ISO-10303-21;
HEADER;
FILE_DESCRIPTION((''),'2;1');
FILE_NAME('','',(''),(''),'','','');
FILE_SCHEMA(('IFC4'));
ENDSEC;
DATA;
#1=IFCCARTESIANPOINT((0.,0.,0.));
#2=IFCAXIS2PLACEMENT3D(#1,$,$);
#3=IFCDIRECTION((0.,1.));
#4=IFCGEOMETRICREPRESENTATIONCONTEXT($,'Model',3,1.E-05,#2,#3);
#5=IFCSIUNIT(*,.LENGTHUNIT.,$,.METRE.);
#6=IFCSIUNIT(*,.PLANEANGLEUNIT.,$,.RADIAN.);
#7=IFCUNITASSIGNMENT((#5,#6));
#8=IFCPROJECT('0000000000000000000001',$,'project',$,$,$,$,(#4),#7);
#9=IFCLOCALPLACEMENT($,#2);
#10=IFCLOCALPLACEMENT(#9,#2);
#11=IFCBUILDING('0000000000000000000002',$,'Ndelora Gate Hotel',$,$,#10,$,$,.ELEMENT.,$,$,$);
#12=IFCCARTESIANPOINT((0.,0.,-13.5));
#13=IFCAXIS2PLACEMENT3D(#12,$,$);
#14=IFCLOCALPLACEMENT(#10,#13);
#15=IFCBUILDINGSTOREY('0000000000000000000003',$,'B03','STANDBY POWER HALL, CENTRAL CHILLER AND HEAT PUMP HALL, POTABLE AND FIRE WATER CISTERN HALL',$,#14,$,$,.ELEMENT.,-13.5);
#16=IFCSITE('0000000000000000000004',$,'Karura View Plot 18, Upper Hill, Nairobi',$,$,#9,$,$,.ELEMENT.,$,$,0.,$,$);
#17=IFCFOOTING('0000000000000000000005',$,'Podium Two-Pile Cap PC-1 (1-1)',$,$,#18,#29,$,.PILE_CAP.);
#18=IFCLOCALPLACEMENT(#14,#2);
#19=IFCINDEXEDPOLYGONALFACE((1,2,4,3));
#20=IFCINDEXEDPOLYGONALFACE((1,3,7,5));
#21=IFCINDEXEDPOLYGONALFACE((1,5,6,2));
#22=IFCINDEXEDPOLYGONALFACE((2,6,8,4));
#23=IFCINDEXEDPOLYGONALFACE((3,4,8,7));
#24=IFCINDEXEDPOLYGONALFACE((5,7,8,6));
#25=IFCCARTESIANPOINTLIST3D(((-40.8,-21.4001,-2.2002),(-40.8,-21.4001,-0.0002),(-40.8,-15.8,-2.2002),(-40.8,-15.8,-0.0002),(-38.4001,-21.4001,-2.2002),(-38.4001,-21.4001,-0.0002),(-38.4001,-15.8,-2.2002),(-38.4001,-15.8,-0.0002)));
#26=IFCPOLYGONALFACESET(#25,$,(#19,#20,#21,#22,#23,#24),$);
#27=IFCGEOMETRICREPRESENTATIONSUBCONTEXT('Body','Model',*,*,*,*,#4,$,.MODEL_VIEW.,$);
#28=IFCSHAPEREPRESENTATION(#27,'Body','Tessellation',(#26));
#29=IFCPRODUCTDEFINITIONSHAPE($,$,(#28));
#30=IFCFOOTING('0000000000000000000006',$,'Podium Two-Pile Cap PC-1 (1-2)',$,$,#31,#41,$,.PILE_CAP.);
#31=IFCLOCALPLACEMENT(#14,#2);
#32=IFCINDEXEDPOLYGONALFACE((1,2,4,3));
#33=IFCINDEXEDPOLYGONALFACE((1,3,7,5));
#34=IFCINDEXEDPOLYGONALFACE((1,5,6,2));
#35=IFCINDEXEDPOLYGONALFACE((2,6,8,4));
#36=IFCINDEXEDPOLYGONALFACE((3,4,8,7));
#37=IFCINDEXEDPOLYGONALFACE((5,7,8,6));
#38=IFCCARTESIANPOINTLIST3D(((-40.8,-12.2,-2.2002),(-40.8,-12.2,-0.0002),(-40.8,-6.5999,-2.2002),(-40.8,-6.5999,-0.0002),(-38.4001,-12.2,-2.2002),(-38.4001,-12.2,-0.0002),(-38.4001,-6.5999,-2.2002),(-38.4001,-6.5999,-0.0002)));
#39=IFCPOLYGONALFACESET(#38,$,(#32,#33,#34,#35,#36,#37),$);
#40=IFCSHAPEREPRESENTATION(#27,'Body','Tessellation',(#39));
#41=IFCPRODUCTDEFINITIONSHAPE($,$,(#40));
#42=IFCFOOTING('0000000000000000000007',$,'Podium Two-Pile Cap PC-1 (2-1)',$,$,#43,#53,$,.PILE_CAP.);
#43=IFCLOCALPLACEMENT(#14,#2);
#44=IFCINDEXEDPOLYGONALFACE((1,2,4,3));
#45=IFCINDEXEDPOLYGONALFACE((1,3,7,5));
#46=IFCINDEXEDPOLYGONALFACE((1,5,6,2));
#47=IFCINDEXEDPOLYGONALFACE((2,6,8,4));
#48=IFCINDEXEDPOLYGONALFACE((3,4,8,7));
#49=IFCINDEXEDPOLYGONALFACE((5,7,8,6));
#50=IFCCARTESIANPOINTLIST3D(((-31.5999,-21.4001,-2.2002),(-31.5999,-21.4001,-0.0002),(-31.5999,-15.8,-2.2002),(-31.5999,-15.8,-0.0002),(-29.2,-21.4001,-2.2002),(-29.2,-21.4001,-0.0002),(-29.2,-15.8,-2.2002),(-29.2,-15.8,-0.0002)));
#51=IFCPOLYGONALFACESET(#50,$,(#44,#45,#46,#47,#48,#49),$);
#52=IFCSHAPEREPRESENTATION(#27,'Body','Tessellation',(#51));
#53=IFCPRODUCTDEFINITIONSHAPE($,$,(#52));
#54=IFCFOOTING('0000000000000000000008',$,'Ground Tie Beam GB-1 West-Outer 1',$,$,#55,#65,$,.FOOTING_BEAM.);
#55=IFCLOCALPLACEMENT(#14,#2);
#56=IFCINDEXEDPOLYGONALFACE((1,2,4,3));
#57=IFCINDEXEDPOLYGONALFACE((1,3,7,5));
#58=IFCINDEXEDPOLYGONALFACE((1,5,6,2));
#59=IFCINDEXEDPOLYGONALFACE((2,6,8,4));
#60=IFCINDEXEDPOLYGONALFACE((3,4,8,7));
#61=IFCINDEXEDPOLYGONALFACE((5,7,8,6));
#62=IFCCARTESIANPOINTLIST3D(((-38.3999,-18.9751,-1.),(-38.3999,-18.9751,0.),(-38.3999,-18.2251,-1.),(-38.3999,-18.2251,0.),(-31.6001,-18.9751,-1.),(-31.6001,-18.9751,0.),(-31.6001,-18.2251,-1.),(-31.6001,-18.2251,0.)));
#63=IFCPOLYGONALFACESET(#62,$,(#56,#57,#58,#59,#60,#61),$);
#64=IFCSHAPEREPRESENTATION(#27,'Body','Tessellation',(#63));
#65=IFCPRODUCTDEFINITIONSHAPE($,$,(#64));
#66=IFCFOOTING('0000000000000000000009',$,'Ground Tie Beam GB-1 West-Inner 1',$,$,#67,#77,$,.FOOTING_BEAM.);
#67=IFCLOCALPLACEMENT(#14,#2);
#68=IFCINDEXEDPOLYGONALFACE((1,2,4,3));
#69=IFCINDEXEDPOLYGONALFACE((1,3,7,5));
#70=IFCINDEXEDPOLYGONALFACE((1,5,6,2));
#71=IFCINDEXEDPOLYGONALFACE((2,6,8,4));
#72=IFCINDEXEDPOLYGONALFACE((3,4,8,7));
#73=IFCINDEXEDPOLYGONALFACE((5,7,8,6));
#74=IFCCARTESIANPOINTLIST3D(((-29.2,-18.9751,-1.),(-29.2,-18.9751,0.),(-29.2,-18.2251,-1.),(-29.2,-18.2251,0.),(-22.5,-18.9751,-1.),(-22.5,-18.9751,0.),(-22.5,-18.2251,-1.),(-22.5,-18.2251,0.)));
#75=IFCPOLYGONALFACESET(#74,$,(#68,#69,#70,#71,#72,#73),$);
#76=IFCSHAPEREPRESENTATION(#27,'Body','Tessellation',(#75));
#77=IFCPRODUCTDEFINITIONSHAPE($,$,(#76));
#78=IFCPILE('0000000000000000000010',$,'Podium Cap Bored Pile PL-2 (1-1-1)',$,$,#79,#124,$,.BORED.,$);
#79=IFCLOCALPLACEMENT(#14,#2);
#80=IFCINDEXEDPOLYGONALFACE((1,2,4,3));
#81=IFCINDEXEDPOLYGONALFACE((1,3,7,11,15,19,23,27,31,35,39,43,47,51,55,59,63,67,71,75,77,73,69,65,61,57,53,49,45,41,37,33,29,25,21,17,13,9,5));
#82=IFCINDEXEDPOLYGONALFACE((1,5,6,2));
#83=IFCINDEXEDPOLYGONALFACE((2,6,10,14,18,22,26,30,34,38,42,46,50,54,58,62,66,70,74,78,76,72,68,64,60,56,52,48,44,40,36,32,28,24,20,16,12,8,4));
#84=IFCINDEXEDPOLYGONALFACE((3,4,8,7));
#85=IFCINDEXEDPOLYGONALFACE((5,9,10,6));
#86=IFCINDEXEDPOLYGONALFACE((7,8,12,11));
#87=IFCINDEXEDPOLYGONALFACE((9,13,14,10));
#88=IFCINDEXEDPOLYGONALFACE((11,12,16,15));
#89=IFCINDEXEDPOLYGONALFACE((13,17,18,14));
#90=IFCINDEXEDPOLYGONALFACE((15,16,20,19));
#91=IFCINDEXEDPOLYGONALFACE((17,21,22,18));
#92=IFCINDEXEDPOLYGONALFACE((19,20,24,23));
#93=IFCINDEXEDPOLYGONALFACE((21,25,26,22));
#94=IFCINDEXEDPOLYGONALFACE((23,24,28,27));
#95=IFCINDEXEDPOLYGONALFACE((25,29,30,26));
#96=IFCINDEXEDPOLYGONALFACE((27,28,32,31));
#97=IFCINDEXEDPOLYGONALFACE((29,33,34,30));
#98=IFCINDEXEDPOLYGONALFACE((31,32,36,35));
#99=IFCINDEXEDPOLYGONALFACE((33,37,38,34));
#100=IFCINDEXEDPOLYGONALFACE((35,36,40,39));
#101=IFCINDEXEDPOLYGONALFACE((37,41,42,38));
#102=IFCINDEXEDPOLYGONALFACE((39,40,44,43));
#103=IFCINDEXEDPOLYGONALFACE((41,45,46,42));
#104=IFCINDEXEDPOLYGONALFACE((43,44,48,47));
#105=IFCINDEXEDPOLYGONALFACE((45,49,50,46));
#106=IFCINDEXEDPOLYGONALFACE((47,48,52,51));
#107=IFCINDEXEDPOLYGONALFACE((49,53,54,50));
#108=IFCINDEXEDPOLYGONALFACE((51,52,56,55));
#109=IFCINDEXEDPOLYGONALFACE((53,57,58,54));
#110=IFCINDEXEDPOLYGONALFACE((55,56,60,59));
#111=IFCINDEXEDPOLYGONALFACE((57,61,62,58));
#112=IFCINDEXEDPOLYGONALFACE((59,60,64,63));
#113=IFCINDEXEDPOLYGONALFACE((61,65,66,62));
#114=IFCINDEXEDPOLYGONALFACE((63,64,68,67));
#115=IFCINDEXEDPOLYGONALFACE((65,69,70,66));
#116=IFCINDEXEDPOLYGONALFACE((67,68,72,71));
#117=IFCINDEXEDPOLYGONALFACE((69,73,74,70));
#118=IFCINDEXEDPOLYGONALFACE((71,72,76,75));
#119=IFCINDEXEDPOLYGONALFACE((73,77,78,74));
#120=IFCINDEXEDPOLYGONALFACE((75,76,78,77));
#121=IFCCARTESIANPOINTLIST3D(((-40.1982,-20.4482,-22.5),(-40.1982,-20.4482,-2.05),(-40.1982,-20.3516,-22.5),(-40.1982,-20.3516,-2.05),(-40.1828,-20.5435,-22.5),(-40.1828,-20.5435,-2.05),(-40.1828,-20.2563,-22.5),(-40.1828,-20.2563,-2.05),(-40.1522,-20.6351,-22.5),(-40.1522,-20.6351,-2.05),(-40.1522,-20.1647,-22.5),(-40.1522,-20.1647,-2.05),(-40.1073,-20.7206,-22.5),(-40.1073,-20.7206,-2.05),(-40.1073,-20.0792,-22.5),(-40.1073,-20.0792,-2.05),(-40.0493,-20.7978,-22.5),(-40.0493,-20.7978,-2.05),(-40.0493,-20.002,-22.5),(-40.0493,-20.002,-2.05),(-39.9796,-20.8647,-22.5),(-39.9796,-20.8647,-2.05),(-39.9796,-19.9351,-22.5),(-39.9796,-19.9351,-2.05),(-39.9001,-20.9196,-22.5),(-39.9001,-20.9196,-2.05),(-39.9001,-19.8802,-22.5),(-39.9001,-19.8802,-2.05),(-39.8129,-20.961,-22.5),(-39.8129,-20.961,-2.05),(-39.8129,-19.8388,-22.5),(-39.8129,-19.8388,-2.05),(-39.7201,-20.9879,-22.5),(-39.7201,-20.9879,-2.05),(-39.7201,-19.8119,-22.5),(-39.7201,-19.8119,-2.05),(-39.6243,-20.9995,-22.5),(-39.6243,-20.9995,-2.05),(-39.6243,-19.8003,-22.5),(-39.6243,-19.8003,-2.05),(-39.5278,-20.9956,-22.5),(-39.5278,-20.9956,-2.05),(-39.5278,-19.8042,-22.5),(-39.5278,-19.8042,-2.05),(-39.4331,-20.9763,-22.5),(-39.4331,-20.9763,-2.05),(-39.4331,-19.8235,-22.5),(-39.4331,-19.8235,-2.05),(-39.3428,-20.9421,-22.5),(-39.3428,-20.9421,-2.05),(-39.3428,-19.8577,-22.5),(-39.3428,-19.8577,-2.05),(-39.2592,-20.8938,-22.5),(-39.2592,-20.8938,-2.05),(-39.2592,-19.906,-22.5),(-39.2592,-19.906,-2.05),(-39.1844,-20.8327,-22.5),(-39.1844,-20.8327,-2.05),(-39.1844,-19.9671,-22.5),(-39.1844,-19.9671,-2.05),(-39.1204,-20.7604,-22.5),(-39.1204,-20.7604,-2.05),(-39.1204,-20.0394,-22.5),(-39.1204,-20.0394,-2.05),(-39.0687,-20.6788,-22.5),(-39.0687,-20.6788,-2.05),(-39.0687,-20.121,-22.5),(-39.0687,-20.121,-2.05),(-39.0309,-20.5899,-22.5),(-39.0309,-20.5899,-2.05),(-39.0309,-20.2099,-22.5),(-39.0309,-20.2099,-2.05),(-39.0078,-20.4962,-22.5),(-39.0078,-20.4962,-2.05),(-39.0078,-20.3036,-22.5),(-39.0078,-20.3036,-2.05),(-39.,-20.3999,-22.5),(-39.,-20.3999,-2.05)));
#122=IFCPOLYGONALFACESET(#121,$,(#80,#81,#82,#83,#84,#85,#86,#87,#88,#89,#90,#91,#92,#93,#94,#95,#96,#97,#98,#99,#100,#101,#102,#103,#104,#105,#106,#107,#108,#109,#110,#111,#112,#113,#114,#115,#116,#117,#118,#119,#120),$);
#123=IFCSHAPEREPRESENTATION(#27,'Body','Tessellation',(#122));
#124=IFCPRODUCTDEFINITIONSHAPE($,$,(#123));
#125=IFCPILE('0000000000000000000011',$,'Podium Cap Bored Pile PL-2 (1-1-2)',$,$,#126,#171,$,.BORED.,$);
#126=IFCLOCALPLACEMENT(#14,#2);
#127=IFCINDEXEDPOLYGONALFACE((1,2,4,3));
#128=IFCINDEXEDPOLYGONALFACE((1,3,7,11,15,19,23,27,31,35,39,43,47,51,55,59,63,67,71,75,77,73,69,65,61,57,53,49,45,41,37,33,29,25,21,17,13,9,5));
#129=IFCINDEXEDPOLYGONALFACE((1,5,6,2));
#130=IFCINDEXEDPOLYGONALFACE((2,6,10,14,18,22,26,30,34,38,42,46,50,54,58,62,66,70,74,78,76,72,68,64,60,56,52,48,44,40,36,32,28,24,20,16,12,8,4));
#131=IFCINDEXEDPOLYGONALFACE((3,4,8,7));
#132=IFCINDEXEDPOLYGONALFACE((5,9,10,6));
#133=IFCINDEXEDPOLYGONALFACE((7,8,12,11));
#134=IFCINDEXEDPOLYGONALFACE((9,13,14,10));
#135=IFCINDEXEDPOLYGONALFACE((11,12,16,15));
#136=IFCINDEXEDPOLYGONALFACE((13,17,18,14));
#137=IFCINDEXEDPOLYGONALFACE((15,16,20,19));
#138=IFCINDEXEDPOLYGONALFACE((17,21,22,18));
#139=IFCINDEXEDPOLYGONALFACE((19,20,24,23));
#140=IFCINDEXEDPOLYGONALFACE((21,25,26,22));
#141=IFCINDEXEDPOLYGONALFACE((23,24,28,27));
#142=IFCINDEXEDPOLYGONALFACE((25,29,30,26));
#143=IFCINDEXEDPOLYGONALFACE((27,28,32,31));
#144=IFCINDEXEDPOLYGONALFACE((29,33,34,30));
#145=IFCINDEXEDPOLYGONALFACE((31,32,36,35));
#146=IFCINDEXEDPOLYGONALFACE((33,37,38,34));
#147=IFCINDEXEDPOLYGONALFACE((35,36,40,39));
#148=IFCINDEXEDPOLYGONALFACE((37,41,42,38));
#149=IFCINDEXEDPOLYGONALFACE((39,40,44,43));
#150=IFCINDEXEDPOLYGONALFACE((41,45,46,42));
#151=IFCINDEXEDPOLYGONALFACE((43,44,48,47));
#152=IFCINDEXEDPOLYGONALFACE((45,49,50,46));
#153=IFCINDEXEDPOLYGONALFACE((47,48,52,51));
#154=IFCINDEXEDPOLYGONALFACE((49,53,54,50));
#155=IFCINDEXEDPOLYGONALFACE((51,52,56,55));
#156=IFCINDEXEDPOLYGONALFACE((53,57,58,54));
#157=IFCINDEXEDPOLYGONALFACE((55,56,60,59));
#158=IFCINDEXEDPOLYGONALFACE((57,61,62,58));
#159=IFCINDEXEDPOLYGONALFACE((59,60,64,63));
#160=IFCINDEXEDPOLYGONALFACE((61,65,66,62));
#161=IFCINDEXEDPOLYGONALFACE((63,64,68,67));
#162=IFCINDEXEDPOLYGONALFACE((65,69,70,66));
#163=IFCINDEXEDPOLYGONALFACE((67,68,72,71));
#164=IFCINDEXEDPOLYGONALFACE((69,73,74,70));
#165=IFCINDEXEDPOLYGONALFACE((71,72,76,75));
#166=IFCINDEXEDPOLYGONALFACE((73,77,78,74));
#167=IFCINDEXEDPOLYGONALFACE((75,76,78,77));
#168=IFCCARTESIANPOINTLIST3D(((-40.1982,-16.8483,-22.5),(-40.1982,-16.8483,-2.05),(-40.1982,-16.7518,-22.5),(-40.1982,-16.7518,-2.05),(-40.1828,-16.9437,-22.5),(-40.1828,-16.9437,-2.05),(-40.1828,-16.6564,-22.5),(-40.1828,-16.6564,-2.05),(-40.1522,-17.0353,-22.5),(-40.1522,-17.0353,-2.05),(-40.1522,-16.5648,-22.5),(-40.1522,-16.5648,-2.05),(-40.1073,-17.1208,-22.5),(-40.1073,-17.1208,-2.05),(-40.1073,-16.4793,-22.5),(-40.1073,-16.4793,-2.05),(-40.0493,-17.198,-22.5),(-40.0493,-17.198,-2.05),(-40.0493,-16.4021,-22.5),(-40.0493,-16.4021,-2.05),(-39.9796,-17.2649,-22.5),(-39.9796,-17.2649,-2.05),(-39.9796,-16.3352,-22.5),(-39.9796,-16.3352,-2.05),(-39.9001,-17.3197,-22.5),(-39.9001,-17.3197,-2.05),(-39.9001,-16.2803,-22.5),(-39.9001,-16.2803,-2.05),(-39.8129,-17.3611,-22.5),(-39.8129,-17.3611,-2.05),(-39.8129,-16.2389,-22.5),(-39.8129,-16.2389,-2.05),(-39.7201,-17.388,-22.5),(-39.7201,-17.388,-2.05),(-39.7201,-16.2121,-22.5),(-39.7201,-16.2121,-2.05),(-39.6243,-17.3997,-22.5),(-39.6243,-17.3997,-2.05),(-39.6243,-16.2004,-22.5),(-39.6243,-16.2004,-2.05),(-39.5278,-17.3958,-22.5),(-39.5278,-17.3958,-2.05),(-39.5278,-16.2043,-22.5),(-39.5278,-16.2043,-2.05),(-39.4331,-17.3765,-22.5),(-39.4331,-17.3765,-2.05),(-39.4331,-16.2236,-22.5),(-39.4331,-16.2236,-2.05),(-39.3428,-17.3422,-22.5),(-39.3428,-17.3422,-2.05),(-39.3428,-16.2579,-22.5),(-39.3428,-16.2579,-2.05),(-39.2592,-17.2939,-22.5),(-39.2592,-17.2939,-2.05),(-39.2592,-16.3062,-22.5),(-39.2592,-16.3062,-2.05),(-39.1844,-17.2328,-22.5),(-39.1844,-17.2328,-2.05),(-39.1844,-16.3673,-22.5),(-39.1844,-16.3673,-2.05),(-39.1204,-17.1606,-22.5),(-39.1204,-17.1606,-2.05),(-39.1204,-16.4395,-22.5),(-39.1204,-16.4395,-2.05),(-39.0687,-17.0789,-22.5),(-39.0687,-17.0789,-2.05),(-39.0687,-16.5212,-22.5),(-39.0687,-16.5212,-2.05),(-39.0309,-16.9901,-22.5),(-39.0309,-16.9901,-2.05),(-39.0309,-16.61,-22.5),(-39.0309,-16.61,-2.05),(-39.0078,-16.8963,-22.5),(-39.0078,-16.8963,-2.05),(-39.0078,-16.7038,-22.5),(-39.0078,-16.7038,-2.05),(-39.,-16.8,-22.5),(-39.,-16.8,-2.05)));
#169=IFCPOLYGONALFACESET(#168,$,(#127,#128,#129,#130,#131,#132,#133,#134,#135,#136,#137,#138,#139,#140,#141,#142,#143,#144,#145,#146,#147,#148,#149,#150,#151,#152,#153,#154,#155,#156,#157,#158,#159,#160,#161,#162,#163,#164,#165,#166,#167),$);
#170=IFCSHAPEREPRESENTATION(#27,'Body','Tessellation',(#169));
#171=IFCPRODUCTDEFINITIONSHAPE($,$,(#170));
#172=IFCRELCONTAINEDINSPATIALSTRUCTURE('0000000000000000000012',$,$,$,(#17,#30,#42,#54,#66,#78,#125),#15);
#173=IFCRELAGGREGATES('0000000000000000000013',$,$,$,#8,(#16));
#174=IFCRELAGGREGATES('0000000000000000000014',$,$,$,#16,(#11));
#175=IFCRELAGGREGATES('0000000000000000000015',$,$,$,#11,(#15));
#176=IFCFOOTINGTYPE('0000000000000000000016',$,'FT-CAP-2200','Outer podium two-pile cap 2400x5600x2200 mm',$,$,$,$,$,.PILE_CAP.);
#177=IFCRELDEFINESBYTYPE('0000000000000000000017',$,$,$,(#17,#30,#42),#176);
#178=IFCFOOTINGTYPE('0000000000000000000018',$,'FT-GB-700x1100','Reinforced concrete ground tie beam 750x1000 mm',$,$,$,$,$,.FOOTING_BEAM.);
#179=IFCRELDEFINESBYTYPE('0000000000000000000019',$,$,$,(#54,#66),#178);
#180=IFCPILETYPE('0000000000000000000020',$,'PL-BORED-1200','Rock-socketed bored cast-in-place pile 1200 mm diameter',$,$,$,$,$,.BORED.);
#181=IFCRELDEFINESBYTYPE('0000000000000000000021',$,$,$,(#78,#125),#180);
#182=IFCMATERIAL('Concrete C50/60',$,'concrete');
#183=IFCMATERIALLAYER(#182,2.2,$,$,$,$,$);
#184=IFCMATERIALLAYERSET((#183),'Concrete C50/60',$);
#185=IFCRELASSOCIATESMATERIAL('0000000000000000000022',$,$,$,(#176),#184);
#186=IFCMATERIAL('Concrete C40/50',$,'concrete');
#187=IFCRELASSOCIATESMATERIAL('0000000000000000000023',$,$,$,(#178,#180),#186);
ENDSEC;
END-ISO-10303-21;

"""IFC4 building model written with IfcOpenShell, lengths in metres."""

from ifc_helpers import new_model, si_unit, direction, frame, origin, origin_2d, place, context, subcontext, project, spatial, rectangle, circle, extrude, material, layer, layer_set, material_profile, profile_set, type_object, element, save


model = new_model("IFC4")

# Units and contexts
model_context = context("Model", 3, precision=1e-05, world=origin(), true_north=direction((0.0, 1.0)))
body_context = subcontext(model_context, "Body", "Model", "MODEL_VIEW")
ifc_project = project(units=[si_unit("LENGTHUNIT", "METRE"), si_unit("PLANEANGLEUNIT", "RADIAN")], contexts=[model_context])

# Site, building, storey
site_placement = place(None, origin())
site = spatial("IfcSite", under=ifc_project, at=site_placement, Name="Karura View Plot 18, Upper Hill, Nairobi", CompositionType="ELEMENT", RefElevation=0.0)
building_placement = place(site_placement, origin())
building = spatial("IfcBuilding", under=site, at=building_placement, Name="Ndelora Gate Hotel", CompositionType="ELEMENT")
storey_placement = place(building_placement, frame((0.0, 0.0, -13.5)))
storey = spatial("IfcBuildingStorey", under=building, at=storey_placement, Name="B03", Description="STANDBY POWER HALL, CENTRAL CHILLER AND HEAT PUMP HALL, POTABLE AND FIRE WATER CISTERN HALL", CompositionType="ELEMENT", Elevation=-13.5)

# Footings
ifc_material_1 = material(Name="Concrete C50/60", Category="concrete")
ifc_layer_1 = layer(ifc_material_1, 2.2)
ifc_layer_set_1 = layer_set([ifc_layer_1], Name="Concrete C50/60")
footing_type_1 = type_object("IfcFootingType", Name="FT-CAP-2200", Description="Outer podium two-pile cap 2400x5600x2200 mm", PredefinedType="PILE_CAP", material=ifc_layer_set_1)
for number, where, z_axis, x_axis, name in (
    (1, (-39.6001, -18.6001, -2.2002), (0.0, 0.0, 1.0), (1.0, 0.0, 0.0), "Podium Two-Pile Cap PC-1 (1-1)"),
    (2, (-39.6001, -9.3999, -2.2002), (0.0, 0.0, 1.0), (1.0, 0.0, 0.0), "Podium Two-Pile Cap PC-1 (1-2)"),
    (3, (-30.3999, -18.6001, -2.2002), (0.0, 0.0, 1.0), (1.0, 0.0, 0.0), "Podium Two-Pile Cap PC-1 (2-1)"),
):
    element("IfcFooting", number, at=place(storey_placement, frame(where, z_axis=z_axis, x_axis=x_axis)), inside=storey, type_object=footing_type_1, Name=name, PredefinedType="PILE_CAP", context=body_context, shape_type="SweptSolid", body=[
        extrude(rectangle(XDim=2.3999, YDim=5.6001, at=origin_2d()), origin(), (0.0, 0.0, 1.0), 2.2),
    ])
ifc_material_2 = material(Name="Concrete C40/50", Category="concrete")
ifc_material_profile_1 = material_profile(ifc_material_2, rectangle(XDim=0.75, YDim=1.0, at=origin_2d()), Name="RCB 750x1000")
ifc_profile_set_1 = profile_set([ifc_material_profile_1], Name="Concrete C40/50")
footing_type_2 = type_object("IfcFootingType", Name="FT-GB-700x1100", Description="Reinforced concrete ground tie beam 750x1000 mm", PredefinedType="FOOTING_BEAM", material=ifc_profile_set_1)
footing_1_placement = place(storey_placement, frame((-38.3999, -18.6001, -0.5), z_axis=(1.0, 0.0, 0.0), x_axis=(0.0, 1.0, 0.0)))
element("IfcFooting", 4, at=footing_1_placement, inside=storey, type_object=footing_type_2, Name="Ground Tie Beam GB-1 West-Outer 1", PredefinedType="FOOTING_BEAM", context=body_context, shape_type="SweptSolid", body=[
    extrude(rectangle(XDim=0.75, YDim=1.0, at=origin_2d()), origin(), (0.0, 0.0, 1.0), 6.7998),
])
footing_2_placement = place(storey_placement, frame((-29.2, -18.6001, -0.5), z_axis=(1.0, 0.0, 0.0), x_axis=(0.0, 1.0, 0.0)))
element("IfcFooting", 5, at=footing_2_placement, inside=storey, type_object=footing_type_2, Name="Ground Tie Beam GB-1 West-Inner 1", PredefinedType="FOOTING_BEAM", context=body_context, shape_type="SweptSolid", body=[
    extrude(rectangle(XDim=0.75, YDim=1.0, at=origin_2d()), origin(), (0.0, 0.0, 1.0), 6.7),
])

# Piles
ifc_material_profile_2 = material_profile(ifc_material_2, circle(Radius=0.6001, at=origin_2d()), Name="PILE D1200")
ifc_profile_set_2 = profile_set([ifc_material_profile_2], Name="Concrete C40/50")
pile_type_1 = type_object("IfcPileType", Name="PL-BORED-1200", Description="Rock-socketed bored cast-in-place pile 1200 mm diameter", PredefinedType="BORED", material=ifc_profile_set_2)
for number, where, z_axis, x_axis, name in (
    (6, (-39.6001, -20.3999, -2.05), (0.0, 0.0, -1.0), (1.0, 0.0, 0.0), "Podium Cap Bored Pile PL-2 (1-1-1)"),
    (7, (-39.6001, -16.8, -2.05), (0.0, 0.0, -1.0), (1.0, 0.0, 0.0), "Podium Cap Bored Pile PL-2 (1-1-2)"),
):
    element("IfcPile", number, at=place(storey_placement, frame(where, z_axis=z_axis, x_axis=x_axis)), inside=storey, type_object=pile_type_1, Name=name, PredefinedType="BORED", context=body_context, shape_type="SweptSolid", body=[
        extrude(circle(Radius=0.6001, at=origin_2d()), origin(), (0.0, 0.0, 1.0), 20.45),
    ])

save(model, "model.ifc")
